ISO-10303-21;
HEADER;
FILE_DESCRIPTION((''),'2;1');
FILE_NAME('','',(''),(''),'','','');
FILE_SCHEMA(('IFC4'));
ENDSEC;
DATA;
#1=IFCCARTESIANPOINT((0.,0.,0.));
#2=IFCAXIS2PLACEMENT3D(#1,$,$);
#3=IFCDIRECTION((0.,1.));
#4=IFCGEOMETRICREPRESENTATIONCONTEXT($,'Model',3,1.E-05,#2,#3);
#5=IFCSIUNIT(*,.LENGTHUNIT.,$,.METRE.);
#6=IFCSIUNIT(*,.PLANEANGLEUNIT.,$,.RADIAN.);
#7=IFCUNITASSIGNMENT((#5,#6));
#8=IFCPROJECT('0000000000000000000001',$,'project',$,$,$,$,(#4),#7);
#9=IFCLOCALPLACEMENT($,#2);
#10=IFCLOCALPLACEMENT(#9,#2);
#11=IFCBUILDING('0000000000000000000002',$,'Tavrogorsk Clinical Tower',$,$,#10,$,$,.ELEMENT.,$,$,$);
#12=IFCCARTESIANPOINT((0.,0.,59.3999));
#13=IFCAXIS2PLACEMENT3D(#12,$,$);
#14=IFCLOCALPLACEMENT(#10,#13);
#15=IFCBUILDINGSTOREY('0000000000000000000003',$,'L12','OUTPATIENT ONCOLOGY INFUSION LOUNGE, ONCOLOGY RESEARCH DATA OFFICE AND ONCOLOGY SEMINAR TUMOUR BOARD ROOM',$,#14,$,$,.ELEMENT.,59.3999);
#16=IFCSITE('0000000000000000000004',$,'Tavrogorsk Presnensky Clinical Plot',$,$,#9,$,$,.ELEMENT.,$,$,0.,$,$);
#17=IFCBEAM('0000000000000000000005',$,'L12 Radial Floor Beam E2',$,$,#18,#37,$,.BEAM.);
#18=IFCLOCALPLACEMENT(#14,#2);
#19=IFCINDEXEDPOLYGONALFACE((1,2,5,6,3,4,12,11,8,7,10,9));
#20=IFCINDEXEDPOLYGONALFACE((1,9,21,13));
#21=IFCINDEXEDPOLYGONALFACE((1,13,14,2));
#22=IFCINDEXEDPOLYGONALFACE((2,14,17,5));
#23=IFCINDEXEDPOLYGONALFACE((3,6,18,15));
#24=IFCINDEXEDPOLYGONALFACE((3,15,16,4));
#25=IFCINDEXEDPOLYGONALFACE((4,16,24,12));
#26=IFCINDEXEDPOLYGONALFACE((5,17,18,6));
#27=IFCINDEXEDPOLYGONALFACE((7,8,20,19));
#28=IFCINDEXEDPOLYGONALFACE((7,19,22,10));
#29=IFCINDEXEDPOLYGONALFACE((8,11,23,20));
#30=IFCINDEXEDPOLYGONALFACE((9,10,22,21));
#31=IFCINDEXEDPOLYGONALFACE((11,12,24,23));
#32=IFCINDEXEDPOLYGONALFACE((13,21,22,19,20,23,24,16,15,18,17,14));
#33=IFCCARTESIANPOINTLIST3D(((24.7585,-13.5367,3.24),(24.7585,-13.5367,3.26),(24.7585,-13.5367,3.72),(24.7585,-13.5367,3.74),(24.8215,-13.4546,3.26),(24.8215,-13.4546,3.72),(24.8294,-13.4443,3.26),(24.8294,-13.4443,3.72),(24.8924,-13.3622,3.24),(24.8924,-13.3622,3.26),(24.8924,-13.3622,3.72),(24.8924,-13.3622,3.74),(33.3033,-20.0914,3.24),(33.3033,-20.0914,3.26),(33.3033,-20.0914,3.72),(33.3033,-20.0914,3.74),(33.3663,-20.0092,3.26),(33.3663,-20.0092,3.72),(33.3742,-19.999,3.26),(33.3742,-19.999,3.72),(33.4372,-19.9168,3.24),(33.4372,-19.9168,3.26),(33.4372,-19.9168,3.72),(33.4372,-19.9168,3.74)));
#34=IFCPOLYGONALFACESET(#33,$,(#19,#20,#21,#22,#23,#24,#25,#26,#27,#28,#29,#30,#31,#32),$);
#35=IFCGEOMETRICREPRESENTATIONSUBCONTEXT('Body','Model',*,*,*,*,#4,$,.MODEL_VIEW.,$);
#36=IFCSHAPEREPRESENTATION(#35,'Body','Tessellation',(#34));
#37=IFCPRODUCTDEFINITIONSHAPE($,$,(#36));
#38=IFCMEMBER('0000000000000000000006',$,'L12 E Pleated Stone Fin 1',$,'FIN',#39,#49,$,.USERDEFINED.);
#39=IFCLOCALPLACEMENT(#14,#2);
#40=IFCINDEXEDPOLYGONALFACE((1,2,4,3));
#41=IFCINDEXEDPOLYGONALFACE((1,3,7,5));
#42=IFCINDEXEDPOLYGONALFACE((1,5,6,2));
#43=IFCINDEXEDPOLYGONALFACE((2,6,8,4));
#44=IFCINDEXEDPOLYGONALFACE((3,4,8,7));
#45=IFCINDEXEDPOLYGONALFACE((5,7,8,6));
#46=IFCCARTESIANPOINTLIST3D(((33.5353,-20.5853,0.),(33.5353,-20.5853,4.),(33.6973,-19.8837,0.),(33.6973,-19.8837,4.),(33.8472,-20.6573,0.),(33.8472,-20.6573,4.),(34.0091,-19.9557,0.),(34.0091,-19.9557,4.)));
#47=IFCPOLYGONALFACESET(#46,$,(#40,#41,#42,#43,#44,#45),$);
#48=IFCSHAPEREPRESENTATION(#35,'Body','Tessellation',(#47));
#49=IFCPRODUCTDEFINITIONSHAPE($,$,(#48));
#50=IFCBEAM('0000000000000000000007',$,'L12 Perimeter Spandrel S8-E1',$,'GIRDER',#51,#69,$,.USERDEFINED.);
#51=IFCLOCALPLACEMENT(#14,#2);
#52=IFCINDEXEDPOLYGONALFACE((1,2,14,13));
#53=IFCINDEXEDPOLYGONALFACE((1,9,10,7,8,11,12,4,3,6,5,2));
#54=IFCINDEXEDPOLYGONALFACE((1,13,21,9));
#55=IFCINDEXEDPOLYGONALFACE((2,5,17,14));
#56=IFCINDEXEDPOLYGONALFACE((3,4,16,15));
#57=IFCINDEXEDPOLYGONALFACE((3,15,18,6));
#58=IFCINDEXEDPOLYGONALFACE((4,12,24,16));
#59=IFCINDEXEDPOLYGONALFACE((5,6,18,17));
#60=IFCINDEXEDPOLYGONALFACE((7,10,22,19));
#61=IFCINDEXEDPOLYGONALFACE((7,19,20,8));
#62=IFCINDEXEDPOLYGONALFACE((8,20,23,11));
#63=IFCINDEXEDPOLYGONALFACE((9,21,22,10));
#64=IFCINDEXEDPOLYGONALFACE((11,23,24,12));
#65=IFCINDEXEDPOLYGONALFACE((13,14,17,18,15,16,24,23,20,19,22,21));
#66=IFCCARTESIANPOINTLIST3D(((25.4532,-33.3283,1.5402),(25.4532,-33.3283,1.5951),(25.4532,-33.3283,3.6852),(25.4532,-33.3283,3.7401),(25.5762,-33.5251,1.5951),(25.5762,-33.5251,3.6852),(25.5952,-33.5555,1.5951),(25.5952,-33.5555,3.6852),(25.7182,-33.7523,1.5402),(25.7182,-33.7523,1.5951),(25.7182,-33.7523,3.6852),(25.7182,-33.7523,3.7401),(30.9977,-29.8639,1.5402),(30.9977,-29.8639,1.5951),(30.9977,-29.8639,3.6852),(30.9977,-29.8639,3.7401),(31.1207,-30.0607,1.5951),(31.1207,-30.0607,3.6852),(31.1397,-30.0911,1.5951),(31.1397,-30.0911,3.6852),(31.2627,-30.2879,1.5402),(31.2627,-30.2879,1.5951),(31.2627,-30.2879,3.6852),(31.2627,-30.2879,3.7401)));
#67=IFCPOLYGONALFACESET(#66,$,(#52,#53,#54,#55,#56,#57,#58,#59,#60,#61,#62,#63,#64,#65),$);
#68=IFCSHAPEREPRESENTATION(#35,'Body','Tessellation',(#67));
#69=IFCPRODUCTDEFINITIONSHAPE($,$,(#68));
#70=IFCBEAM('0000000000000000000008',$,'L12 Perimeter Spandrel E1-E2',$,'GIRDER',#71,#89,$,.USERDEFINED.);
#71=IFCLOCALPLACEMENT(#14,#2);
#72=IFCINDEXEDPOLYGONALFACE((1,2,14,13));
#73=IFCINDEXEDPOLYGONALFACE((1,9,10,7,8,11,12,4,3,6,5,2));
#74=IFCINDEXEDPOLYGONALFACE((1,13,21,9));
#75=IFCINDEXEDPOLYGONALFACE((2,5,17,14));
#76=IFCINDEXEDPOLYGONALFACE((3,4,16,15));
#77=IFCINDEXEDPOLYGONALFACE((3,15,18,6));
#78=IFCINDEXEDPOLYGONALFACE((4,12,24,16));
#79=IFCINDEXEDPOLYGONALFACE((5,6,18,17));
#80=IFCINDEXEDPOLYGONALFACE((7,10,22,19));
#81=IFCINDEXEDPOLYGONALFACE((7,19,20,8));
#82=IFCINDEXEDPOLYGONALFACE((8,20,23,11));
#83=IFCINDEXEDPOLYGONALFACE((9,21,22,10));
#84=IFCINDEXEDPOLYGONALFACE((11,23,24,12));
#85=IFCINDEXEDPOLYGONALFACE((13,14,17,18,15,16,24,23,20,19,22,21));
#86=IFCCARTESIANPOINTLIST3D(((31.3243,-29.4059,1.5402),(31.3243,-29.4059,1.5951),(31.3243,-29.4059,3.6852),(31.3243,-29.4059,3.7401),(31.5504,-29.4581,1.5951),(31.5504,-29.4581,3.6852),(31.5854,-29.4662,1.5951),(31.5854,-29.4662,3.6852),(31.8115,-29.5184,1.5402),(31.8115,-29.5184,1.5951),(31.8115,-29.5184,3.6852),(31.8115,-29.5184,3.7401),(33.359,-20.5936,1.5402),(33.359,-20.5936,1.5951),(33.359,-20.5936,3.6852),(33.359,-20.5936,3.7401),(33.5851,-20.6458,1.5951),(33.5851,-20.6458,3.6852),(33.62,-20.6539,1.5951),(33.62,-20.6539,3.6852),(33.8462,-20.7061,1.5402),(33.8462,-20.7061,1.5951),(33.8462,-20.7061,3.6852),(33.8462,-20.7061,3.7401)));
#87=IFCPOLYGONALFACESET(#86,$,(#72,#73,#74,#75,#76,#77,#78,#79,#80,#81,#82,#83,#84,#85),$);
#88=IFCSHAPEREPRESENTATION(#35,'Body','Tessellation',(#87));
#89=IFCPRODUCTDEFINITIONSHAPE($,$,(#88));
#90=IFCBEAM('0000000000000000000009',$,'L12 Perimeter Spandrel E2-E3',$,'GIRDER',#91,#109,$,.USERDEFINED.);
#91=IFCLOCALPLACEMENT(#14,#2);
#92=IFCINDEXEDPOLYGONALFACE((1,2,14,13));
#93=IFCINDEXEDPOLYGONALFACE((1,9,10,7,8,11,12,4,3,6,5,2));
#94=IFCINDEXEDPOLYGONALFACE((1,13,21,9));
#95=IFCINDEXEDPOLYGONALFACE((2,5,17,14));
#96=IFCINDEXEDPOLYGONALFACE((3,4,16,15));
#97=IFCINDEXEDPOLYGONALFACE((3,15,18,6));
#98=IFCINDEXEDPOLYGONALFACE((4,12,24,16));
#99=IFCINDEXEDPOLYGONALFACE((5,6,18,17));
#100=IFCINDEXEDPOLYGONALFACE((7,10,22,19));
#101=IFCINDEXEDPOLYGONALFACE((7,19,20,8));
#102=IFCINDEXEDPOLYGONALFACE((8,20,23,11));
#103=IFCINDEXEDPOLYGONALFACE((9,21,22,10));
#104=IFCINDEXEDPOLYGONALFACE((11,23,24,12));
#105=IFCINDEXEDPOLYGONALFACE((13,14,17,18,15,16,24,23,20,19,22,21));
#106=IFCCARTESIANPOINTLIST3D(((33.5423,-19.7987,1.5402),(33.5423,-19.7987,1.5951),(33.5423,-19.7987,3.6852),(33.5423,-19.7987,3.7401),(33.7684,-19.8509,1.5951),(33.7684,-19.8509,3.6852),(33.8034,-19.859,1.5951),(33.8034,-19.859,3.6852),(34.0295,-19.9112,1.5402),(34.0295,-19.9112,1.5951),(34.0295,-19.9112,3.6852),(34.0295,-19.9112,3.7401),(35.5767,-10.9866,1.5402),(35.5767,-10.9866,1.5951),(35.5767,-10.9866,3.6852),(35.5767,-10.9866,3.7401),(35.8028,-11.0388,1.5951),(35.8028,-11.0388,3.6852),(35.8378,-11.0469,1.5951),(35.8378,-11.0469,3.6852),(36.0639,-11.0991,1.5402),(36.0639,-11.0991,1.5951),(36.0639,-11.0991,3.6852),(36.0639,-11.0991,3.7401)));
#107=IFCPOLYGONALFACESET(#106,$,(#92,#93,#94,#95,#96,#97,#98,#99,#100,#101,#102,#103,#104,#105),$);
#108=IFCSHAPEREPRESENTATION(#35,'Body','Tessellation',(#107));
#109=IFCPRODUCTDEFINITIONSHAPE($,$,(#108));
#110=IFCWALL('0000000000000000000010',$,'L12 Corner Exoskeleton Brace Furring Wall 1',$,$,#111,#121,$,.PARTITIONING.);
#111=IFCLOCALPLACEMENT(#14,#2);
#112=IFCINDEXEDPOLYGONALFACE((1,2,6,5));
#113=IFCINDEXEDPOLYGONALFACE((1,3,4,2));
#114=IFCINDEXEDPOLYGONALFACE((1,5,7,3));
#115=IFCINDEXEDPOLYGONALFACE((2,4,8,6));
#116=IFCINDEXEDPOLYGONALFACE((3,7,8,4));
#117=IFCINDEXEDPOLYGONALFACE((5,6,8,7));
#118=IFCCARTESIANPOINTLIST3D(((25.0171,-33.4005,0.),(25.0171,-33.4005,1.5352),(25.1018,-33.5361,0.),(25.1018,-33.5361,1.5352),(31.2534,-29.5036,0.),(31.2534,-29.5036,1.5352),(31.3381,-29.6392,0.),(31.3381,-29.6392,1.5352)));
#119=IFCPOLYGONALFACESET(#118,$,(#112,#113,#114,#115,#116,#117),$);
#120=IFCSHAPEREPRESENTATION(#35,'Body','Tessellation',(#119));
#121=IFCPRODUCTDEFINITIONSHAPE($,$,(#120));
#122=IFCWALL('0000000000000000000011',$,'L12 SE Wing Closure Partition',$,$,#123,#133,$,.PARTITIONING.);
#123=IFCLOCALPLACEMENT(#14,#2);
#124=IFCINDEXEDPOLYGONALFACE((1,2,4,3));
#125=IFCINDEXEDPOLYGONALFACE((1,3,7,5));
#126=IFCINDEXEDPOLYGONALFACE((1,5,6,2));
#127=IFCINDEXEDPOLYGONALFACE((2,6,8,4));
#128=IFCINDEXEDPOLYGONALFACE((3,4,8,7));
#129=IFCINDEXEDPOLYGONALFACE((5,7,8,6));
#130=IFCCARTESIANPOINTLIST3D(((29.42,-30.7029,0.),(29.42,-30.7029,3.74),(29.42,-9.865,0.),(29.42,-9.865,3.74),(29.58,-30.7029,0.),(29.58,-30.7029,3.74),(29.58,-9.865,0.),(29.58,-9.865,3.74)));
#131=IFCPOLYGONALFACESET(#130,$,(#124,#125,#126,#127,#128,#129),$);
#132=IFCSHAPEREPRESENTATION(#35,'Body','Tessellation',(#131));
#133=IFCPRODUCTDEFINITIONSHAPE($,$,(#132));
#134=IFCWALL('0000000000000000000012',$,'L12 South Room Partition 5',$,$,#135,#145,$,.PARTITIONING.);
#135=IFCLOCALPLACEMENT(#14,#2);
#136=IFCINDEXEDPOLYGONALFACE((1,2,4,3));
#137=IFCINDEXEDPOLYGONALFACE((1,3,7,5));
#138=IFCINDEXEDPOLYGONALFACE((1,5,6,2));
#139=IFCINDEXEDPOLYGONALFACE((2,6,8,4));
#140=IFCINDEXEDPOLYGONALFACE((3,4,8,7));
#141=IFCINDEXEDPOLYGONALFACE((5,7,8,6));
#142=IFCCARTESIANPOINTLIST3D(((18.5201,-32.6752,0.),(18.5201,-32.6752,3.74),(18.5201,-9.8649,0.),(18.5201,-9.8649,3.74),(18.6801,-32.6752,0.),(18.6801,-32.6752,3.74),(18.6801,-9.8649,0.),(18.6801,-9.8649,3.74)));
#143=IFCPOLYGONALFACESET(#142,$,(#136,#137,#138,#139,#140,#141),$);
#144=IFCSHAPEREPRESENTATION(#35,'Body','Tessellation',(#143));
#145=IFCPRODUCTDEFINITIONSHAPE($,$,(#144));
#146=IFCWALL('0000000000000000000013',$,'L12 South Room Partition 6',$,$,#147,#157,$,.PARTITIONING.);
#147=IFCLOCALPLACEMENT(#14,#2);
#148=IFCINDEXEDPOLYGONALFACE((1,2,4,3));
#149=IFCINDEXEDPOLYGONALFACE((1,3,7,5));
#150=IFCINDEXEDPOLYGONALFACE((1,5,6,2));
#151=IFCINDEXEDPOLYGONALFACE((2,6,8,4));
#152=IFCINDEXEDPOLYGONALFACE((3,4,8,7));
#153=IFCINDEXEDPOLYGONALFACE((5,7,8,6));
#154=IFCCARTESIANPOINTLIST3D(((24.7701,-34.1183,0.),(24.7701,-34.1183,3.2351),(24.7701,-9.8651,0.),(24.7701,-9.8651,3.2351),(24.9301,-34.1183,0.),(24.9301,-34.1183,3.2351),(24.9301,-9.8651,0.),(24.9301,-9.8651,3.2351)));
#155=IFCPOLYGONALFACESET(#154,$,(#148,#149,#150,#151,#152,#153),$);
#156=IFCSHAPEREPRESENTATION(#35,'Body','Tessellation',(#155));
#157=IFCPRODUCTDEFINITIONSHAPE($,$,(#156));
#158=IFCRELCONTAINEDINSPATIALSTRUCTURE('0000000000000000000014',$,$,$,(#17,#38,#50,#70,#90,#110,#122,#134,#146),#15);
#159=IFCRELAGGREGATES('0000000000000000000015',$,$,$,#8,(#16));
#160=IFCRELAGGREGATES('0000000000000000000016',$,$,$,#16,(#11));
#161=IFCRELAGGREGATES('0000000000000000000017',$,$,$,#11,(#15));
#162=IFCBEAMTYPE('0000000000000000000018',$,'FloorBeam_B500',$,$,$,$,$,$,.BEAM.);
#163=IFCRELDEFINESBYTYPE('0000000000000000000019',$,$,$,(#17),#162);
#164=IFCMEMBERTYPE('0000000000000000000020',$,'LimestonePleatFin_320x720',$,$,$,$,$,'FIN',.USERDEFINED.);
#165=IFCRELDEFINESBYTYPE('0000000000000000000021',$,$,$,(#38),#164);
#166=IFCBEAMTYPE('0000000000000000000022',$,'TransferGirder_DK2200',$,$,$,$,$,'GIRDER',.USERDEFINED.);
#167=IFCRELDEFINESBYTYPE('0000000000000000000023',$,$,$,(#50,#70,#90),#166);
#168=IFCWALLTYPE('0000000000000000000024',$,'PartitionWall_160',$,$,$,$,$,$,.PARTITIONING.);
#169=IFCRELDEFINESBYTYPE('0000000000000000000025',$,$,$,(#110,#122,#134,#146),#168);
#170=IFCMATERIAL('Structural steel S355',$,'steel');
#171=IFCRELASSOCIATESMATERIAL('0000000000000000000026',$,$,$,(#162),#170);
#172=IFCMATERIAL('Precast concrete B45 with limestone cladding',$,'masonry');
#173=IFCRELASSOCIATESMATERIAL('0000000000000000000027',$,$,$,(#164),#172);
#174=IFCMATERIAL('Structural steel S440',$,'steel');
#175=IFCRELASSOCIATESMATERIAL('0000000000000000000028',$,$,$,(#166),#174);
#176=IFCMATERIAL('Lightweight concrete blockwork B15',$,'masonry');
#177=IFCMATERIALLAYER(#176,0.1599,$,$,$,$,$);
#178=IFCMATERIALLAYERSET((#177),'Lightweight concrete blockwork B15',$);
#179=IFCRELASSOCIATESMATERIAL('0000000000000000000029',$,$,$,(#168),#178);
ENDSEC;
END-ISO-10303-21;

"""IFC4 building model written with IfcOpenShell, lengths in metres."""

from ifc_helpers import new_model, si_unit, direction, frame, frame_2d, origin, origin_2d, place, context, subcontext, project, spatial, rectangle, i_section, extrude, material, layer, layer_set, material_profile, profile_set, type_object, element, save


model = new_model("IFC4")

# Units and contexts
model_context = context("Model", 3, precision=1e-05, world=origin(), true_north=direction((0.0, 1.0)))
body_context = subcontext(model_context, "Body", "Model", "MODEL_VIEW")
ifc_project = project(units=[si_unit("LENGTHUNIT", "METRE"), si_unit("PLANEANGLEUNIT", "RADIAN")], contexts=[model_context])

# Site, building, storey
site_placement = place(None, origin())
site = spatial("IfcSite", under=ifc_project, at=site_placement, Name="Tavrogorsk Presnensky Clinical Plot", CompositionType="ELEMENT", RefElevation=0.0)
building_placement = place(site_placement, origin())
building = spatial("IfcBuilding", under=site, at=building_placement, Name="Tavrogorsk Clinical Tower", CompositionType="ELEMENT")
storey_placement = place(building_placement, frame((0.0, 0.0, 59.3999)))
storey = spatial("IfcBuildingStorey", under=building, at=storey_placement, Name="L12", Description="OUTPATIENT ONCOLOGY INFUSION LOUNGE, ONCOLOGY RESEARCH DATA OFFICE AND ONCOLOGY SEMINAR TUMOUR BOARD ROOM", CompositionType="ELEMENT", Elevation=59.3999)

# Beam
ifc_material_1 = material(Name="Structural steel S355", Category="steel")
ifc_material_profile_1 = material_profile(ifc_material_1, i_section(OverallWidth=0.22, OverallDepth=0.5, WebThickness=0.0129, FlangeThickness=0.02, at=origin_2d()), Name="B-500x220x13x20")
ifc_profile_set_1 = profile_set([ifc_material_profile_1], Name="Structural steel S355")
beam_type_1 = type_object("IfcBeamType", Name="FloorBeam_B500", PredefinedType="BEAM", material=ifc_profile_set_1)
beam_1_placement = place(storey_placement, frame((24.8254, -13.4495, 3.49), z_axis=(0.793446, -0.608641, 0.0), x_axis=(0.608641, 0.793446, 0.0)))
element("IfcBeam", 1, at=beam_1_placement, inside=storey, type_object=beam_type_1, Name="L12 Radial Floor Beam E2", PredefinedType="BEAM", context=body_context, shape_type="SweptSolid", body=[
    extrude(i_section(OverallWidth=0.22, OverallDepth=0.5, WebThickness=0.0129, FlangeThickness=0.02, at=origin_2d()), origin(), (0.0, 0.0, 1.0), 10.7693),
])

# Member
ifc_material_2 = material(Name="Precast concrete B45 with limestone cladding", Category="masonry")
ifc_material_profile_2 = material_profile(ifc_material_2, rectangle(XDim=0.3201, YDim=0.72, at=origin_2d()), Name="LIMESTONE-FIN-320x720")
ifc_profile_set_2 = profile_set([ifc_material_profile_2], Name="Precast concrete B45 with limestone cladding")
member_type_1 = type_object("IfcMemberType", Name="LimestonePleatFin_320x720", ElementType="FIN", PredefinedType="USERDEFINED", material=ifc_profile_set_2)
member_1_placement = place(storey_placement, frame((33.7722, -20.2705, 0.0), z_axis=(0.0, 0.0, 1.0), x_axis=(0.97437, -0.224951, 0.0)))
element("IfcMember", 2, at=member_1_placement, inside=storey, type_object=member_type_1, Name="L12 E Pleated Stone Fin 1", ObjectType="FIN", PredefinedType="USERDEFINED", context=body_context, shape_type="SweptSolid", body=[
    extrude(rectangle(XDim=0.3201, YDim=0.72, at=origin_2d()), origin(), (0.0, 0.0, 1.0), 4.0),
])

# Beams
ifc_material_3 = material(Name="Structural steel S440", Category="steel")
ifc_material_profile_3 = material_profile(ifc_material_3, i_section(OverallWidth=0.5, OverallDepth=2.2, WebThickness=0.0359, FlangeThickness=0.0549, at=origin_2d()), Name="DK-2200x500x36x55")
ifc_profile_set_3 = profile_set([ifc_material_profile_3], Name="Structural steel S440")
beam_type_2 = type_object("IfcBeamType", Name="TransferGirder_DK2200", ElementType="GIRDER", PredefinedType="USERDEFINED", material=ifc_profile_set_3)
beam_2_placement = place(storey_placement, frame((25.5857, -33.5403, 2.6401), z_axis=(0.848061, 0.529898, 0.0), x_axis=(-0.529898, 0.848061, 0.0)))
element("IfcBeam", 3, at=beam_2_placement, inside=storey, type_object=beam_type_2, Name="L12 Perimeter Spandrel S8-E1", ObjectType="GIRDER", PredefinedType="USERDEFINED", context=body_context, shape_type="SweptSolid", body=[
    extrude(i_section(OverallWidth=0.5, OverallDepth=2.2, WebThickness=0.0359, FlangeThickness=0.0549, at=origin_2d()), origin(), (0.0, 0.0, 1.0), 6.5378),
])
beam_3_placement = place(storey_placement, frame((31.5679, -29.4622, 2.6401), z_axis=(0.224972, 0.974365, 0.0), x_axis=(-0.974365, 0.224972, 0.0)))
element("IfcBeam", 4, at=beam_3_placement, inside=storey, type_object=beam_type_2, Name="L12 Perimeter Spandrel E1-E2", ObjectType="GIRDER", PredefinedType="USERDEFINED", context=body_context, shape_type="SweptSolid", body=[
    extrude(i_section(OverallWidth=0.5, OverallDepth=2.2, WebThickness=0.0359, FlangeThickness=0.0549, at=origin_2d()), origin(), (0.0, 0.0, 1.0), 9.0442),
])
beam_4_placement = place(storey_placement, frame((33.7859, -19.855, 2.6401), z_axis=(0.224946, 0.974371, 0.0), x_axis=(-0.974371, 0.224946, 0.0)))
element("IfcBeam", 5, at=beam_4_placement, inside=storey, type_object=beam_type_2, Name="L12 Perimeter Spandrel E2-E3", ObjectType="GIRDER", PredefinedType="USERDEFINED", context=body_context, shape_type="SweptSolid", body=[
    extrude(i_section(OverallWidth=0.5, OverallDepth=2.2, WebThickness=0.0359, FlangeThickness=0.0549, at=origin_2d()), origin(), (0.0, 0.0, 1.0), 9.0439),
])

# Walls
ifc_material_4 = material(Name="Lightweight concrete blockwork B15", Category="masonry")
ifc_layer_1 = layer(ifc_material_4, 0.1599)
ifc_layer_set_1 = layer_set([ifc_layer_1], Name="Lightweight concrete blockwork B15")
wall_type_1 = type_object("IfcWallType", Name="PartitionWall_160", PredefinedType="PARTITIONING", material=ifc_layer_set_1)
wall_1_placement = place(storey_placement, frame((25.0596, -33.4683, 0.0), z_axis=(0.0, 0.0, 1.0), x_axis=(0.848043, 0.529927, 0.0)))
element("IfcWall", 6, at=wall_1_placement, inside=storey, type_object=wall_type_1, Name="L12 Corner Exoskeleton Brace Furring Wall 1", PredefinedType="PARTITIONING", context=body_context, shape_type="SweptSolid", body=[
    extrude(rectangle(XDim=7.3538, YDim=0.1599, at=frame_2d((3.6768, 0.0))), origin(), (0.0, 0.0, 1.0), 1.5352),
])
wall_2_placement = place(storey_placement, frame((29.5, -30.7029, 0.0), z_axis=(0.0, 0.0, 1.0), x_axis=(0.0, 1.0, 0.0)))
element("IfcWall", 7, at=wall_2_placement, inside=storey, type_object=wall_type_1, Name="L12 SE Wing Closure Partition", PredefinedType="PARTITIONING", context=body_context, shape_type="SweptSolid", body=[
    extrude(rectangle(XDim=20.8379, YDim=0.1599, at=frame_2d((10.4189, 0.0))), origin(), (0.0, 0.0, 1.0), 3.74),
])
wall_3_placement = place(storey_placement, frame((18.6001, -32.6753, 0.0), z_axis=(0.0, 0.0, 1.0), x_axis=(0.0, 1.0, 0.0)))
element("IfcWall", 8, at=wall_3_placement, inside=storey, type_object=wall_type_1, Name="L12 South Room Partition 5", PredefinedType="PARTITIONING", context=body_context, shape_type="SweptSolid", body=[
    extrude(rectangle(XDim=22.8103, YDim=0.1599, at=frame_2d((11.4053, 0.0))), origin(), (0.0, 0.0, 1.0), 3.74),
])
wall_4_placement = place(storey_placement, frame((24.8501, -34.1182, 0.0), z_axis=(0.0, 0.0, 1.0), x_axis=(0.0, 1.0, 0.0)))
element("IfcWall", 9, at=wall_4_placement, inside=storey, type_object=wall_type_1, Name="L12 South Room Partition 6", PredefinedType="PARTITIONING", context=body_context, shape_type="SweptSolid", body=[
    extrude(rectangle(XDim=24.2532, YDim=0.1599, at=frame_2d((12.1265, 0.0))), origin(), (0.0, 0.0, 1.0), 3.2351),
])

save(model, "model.ifc")
